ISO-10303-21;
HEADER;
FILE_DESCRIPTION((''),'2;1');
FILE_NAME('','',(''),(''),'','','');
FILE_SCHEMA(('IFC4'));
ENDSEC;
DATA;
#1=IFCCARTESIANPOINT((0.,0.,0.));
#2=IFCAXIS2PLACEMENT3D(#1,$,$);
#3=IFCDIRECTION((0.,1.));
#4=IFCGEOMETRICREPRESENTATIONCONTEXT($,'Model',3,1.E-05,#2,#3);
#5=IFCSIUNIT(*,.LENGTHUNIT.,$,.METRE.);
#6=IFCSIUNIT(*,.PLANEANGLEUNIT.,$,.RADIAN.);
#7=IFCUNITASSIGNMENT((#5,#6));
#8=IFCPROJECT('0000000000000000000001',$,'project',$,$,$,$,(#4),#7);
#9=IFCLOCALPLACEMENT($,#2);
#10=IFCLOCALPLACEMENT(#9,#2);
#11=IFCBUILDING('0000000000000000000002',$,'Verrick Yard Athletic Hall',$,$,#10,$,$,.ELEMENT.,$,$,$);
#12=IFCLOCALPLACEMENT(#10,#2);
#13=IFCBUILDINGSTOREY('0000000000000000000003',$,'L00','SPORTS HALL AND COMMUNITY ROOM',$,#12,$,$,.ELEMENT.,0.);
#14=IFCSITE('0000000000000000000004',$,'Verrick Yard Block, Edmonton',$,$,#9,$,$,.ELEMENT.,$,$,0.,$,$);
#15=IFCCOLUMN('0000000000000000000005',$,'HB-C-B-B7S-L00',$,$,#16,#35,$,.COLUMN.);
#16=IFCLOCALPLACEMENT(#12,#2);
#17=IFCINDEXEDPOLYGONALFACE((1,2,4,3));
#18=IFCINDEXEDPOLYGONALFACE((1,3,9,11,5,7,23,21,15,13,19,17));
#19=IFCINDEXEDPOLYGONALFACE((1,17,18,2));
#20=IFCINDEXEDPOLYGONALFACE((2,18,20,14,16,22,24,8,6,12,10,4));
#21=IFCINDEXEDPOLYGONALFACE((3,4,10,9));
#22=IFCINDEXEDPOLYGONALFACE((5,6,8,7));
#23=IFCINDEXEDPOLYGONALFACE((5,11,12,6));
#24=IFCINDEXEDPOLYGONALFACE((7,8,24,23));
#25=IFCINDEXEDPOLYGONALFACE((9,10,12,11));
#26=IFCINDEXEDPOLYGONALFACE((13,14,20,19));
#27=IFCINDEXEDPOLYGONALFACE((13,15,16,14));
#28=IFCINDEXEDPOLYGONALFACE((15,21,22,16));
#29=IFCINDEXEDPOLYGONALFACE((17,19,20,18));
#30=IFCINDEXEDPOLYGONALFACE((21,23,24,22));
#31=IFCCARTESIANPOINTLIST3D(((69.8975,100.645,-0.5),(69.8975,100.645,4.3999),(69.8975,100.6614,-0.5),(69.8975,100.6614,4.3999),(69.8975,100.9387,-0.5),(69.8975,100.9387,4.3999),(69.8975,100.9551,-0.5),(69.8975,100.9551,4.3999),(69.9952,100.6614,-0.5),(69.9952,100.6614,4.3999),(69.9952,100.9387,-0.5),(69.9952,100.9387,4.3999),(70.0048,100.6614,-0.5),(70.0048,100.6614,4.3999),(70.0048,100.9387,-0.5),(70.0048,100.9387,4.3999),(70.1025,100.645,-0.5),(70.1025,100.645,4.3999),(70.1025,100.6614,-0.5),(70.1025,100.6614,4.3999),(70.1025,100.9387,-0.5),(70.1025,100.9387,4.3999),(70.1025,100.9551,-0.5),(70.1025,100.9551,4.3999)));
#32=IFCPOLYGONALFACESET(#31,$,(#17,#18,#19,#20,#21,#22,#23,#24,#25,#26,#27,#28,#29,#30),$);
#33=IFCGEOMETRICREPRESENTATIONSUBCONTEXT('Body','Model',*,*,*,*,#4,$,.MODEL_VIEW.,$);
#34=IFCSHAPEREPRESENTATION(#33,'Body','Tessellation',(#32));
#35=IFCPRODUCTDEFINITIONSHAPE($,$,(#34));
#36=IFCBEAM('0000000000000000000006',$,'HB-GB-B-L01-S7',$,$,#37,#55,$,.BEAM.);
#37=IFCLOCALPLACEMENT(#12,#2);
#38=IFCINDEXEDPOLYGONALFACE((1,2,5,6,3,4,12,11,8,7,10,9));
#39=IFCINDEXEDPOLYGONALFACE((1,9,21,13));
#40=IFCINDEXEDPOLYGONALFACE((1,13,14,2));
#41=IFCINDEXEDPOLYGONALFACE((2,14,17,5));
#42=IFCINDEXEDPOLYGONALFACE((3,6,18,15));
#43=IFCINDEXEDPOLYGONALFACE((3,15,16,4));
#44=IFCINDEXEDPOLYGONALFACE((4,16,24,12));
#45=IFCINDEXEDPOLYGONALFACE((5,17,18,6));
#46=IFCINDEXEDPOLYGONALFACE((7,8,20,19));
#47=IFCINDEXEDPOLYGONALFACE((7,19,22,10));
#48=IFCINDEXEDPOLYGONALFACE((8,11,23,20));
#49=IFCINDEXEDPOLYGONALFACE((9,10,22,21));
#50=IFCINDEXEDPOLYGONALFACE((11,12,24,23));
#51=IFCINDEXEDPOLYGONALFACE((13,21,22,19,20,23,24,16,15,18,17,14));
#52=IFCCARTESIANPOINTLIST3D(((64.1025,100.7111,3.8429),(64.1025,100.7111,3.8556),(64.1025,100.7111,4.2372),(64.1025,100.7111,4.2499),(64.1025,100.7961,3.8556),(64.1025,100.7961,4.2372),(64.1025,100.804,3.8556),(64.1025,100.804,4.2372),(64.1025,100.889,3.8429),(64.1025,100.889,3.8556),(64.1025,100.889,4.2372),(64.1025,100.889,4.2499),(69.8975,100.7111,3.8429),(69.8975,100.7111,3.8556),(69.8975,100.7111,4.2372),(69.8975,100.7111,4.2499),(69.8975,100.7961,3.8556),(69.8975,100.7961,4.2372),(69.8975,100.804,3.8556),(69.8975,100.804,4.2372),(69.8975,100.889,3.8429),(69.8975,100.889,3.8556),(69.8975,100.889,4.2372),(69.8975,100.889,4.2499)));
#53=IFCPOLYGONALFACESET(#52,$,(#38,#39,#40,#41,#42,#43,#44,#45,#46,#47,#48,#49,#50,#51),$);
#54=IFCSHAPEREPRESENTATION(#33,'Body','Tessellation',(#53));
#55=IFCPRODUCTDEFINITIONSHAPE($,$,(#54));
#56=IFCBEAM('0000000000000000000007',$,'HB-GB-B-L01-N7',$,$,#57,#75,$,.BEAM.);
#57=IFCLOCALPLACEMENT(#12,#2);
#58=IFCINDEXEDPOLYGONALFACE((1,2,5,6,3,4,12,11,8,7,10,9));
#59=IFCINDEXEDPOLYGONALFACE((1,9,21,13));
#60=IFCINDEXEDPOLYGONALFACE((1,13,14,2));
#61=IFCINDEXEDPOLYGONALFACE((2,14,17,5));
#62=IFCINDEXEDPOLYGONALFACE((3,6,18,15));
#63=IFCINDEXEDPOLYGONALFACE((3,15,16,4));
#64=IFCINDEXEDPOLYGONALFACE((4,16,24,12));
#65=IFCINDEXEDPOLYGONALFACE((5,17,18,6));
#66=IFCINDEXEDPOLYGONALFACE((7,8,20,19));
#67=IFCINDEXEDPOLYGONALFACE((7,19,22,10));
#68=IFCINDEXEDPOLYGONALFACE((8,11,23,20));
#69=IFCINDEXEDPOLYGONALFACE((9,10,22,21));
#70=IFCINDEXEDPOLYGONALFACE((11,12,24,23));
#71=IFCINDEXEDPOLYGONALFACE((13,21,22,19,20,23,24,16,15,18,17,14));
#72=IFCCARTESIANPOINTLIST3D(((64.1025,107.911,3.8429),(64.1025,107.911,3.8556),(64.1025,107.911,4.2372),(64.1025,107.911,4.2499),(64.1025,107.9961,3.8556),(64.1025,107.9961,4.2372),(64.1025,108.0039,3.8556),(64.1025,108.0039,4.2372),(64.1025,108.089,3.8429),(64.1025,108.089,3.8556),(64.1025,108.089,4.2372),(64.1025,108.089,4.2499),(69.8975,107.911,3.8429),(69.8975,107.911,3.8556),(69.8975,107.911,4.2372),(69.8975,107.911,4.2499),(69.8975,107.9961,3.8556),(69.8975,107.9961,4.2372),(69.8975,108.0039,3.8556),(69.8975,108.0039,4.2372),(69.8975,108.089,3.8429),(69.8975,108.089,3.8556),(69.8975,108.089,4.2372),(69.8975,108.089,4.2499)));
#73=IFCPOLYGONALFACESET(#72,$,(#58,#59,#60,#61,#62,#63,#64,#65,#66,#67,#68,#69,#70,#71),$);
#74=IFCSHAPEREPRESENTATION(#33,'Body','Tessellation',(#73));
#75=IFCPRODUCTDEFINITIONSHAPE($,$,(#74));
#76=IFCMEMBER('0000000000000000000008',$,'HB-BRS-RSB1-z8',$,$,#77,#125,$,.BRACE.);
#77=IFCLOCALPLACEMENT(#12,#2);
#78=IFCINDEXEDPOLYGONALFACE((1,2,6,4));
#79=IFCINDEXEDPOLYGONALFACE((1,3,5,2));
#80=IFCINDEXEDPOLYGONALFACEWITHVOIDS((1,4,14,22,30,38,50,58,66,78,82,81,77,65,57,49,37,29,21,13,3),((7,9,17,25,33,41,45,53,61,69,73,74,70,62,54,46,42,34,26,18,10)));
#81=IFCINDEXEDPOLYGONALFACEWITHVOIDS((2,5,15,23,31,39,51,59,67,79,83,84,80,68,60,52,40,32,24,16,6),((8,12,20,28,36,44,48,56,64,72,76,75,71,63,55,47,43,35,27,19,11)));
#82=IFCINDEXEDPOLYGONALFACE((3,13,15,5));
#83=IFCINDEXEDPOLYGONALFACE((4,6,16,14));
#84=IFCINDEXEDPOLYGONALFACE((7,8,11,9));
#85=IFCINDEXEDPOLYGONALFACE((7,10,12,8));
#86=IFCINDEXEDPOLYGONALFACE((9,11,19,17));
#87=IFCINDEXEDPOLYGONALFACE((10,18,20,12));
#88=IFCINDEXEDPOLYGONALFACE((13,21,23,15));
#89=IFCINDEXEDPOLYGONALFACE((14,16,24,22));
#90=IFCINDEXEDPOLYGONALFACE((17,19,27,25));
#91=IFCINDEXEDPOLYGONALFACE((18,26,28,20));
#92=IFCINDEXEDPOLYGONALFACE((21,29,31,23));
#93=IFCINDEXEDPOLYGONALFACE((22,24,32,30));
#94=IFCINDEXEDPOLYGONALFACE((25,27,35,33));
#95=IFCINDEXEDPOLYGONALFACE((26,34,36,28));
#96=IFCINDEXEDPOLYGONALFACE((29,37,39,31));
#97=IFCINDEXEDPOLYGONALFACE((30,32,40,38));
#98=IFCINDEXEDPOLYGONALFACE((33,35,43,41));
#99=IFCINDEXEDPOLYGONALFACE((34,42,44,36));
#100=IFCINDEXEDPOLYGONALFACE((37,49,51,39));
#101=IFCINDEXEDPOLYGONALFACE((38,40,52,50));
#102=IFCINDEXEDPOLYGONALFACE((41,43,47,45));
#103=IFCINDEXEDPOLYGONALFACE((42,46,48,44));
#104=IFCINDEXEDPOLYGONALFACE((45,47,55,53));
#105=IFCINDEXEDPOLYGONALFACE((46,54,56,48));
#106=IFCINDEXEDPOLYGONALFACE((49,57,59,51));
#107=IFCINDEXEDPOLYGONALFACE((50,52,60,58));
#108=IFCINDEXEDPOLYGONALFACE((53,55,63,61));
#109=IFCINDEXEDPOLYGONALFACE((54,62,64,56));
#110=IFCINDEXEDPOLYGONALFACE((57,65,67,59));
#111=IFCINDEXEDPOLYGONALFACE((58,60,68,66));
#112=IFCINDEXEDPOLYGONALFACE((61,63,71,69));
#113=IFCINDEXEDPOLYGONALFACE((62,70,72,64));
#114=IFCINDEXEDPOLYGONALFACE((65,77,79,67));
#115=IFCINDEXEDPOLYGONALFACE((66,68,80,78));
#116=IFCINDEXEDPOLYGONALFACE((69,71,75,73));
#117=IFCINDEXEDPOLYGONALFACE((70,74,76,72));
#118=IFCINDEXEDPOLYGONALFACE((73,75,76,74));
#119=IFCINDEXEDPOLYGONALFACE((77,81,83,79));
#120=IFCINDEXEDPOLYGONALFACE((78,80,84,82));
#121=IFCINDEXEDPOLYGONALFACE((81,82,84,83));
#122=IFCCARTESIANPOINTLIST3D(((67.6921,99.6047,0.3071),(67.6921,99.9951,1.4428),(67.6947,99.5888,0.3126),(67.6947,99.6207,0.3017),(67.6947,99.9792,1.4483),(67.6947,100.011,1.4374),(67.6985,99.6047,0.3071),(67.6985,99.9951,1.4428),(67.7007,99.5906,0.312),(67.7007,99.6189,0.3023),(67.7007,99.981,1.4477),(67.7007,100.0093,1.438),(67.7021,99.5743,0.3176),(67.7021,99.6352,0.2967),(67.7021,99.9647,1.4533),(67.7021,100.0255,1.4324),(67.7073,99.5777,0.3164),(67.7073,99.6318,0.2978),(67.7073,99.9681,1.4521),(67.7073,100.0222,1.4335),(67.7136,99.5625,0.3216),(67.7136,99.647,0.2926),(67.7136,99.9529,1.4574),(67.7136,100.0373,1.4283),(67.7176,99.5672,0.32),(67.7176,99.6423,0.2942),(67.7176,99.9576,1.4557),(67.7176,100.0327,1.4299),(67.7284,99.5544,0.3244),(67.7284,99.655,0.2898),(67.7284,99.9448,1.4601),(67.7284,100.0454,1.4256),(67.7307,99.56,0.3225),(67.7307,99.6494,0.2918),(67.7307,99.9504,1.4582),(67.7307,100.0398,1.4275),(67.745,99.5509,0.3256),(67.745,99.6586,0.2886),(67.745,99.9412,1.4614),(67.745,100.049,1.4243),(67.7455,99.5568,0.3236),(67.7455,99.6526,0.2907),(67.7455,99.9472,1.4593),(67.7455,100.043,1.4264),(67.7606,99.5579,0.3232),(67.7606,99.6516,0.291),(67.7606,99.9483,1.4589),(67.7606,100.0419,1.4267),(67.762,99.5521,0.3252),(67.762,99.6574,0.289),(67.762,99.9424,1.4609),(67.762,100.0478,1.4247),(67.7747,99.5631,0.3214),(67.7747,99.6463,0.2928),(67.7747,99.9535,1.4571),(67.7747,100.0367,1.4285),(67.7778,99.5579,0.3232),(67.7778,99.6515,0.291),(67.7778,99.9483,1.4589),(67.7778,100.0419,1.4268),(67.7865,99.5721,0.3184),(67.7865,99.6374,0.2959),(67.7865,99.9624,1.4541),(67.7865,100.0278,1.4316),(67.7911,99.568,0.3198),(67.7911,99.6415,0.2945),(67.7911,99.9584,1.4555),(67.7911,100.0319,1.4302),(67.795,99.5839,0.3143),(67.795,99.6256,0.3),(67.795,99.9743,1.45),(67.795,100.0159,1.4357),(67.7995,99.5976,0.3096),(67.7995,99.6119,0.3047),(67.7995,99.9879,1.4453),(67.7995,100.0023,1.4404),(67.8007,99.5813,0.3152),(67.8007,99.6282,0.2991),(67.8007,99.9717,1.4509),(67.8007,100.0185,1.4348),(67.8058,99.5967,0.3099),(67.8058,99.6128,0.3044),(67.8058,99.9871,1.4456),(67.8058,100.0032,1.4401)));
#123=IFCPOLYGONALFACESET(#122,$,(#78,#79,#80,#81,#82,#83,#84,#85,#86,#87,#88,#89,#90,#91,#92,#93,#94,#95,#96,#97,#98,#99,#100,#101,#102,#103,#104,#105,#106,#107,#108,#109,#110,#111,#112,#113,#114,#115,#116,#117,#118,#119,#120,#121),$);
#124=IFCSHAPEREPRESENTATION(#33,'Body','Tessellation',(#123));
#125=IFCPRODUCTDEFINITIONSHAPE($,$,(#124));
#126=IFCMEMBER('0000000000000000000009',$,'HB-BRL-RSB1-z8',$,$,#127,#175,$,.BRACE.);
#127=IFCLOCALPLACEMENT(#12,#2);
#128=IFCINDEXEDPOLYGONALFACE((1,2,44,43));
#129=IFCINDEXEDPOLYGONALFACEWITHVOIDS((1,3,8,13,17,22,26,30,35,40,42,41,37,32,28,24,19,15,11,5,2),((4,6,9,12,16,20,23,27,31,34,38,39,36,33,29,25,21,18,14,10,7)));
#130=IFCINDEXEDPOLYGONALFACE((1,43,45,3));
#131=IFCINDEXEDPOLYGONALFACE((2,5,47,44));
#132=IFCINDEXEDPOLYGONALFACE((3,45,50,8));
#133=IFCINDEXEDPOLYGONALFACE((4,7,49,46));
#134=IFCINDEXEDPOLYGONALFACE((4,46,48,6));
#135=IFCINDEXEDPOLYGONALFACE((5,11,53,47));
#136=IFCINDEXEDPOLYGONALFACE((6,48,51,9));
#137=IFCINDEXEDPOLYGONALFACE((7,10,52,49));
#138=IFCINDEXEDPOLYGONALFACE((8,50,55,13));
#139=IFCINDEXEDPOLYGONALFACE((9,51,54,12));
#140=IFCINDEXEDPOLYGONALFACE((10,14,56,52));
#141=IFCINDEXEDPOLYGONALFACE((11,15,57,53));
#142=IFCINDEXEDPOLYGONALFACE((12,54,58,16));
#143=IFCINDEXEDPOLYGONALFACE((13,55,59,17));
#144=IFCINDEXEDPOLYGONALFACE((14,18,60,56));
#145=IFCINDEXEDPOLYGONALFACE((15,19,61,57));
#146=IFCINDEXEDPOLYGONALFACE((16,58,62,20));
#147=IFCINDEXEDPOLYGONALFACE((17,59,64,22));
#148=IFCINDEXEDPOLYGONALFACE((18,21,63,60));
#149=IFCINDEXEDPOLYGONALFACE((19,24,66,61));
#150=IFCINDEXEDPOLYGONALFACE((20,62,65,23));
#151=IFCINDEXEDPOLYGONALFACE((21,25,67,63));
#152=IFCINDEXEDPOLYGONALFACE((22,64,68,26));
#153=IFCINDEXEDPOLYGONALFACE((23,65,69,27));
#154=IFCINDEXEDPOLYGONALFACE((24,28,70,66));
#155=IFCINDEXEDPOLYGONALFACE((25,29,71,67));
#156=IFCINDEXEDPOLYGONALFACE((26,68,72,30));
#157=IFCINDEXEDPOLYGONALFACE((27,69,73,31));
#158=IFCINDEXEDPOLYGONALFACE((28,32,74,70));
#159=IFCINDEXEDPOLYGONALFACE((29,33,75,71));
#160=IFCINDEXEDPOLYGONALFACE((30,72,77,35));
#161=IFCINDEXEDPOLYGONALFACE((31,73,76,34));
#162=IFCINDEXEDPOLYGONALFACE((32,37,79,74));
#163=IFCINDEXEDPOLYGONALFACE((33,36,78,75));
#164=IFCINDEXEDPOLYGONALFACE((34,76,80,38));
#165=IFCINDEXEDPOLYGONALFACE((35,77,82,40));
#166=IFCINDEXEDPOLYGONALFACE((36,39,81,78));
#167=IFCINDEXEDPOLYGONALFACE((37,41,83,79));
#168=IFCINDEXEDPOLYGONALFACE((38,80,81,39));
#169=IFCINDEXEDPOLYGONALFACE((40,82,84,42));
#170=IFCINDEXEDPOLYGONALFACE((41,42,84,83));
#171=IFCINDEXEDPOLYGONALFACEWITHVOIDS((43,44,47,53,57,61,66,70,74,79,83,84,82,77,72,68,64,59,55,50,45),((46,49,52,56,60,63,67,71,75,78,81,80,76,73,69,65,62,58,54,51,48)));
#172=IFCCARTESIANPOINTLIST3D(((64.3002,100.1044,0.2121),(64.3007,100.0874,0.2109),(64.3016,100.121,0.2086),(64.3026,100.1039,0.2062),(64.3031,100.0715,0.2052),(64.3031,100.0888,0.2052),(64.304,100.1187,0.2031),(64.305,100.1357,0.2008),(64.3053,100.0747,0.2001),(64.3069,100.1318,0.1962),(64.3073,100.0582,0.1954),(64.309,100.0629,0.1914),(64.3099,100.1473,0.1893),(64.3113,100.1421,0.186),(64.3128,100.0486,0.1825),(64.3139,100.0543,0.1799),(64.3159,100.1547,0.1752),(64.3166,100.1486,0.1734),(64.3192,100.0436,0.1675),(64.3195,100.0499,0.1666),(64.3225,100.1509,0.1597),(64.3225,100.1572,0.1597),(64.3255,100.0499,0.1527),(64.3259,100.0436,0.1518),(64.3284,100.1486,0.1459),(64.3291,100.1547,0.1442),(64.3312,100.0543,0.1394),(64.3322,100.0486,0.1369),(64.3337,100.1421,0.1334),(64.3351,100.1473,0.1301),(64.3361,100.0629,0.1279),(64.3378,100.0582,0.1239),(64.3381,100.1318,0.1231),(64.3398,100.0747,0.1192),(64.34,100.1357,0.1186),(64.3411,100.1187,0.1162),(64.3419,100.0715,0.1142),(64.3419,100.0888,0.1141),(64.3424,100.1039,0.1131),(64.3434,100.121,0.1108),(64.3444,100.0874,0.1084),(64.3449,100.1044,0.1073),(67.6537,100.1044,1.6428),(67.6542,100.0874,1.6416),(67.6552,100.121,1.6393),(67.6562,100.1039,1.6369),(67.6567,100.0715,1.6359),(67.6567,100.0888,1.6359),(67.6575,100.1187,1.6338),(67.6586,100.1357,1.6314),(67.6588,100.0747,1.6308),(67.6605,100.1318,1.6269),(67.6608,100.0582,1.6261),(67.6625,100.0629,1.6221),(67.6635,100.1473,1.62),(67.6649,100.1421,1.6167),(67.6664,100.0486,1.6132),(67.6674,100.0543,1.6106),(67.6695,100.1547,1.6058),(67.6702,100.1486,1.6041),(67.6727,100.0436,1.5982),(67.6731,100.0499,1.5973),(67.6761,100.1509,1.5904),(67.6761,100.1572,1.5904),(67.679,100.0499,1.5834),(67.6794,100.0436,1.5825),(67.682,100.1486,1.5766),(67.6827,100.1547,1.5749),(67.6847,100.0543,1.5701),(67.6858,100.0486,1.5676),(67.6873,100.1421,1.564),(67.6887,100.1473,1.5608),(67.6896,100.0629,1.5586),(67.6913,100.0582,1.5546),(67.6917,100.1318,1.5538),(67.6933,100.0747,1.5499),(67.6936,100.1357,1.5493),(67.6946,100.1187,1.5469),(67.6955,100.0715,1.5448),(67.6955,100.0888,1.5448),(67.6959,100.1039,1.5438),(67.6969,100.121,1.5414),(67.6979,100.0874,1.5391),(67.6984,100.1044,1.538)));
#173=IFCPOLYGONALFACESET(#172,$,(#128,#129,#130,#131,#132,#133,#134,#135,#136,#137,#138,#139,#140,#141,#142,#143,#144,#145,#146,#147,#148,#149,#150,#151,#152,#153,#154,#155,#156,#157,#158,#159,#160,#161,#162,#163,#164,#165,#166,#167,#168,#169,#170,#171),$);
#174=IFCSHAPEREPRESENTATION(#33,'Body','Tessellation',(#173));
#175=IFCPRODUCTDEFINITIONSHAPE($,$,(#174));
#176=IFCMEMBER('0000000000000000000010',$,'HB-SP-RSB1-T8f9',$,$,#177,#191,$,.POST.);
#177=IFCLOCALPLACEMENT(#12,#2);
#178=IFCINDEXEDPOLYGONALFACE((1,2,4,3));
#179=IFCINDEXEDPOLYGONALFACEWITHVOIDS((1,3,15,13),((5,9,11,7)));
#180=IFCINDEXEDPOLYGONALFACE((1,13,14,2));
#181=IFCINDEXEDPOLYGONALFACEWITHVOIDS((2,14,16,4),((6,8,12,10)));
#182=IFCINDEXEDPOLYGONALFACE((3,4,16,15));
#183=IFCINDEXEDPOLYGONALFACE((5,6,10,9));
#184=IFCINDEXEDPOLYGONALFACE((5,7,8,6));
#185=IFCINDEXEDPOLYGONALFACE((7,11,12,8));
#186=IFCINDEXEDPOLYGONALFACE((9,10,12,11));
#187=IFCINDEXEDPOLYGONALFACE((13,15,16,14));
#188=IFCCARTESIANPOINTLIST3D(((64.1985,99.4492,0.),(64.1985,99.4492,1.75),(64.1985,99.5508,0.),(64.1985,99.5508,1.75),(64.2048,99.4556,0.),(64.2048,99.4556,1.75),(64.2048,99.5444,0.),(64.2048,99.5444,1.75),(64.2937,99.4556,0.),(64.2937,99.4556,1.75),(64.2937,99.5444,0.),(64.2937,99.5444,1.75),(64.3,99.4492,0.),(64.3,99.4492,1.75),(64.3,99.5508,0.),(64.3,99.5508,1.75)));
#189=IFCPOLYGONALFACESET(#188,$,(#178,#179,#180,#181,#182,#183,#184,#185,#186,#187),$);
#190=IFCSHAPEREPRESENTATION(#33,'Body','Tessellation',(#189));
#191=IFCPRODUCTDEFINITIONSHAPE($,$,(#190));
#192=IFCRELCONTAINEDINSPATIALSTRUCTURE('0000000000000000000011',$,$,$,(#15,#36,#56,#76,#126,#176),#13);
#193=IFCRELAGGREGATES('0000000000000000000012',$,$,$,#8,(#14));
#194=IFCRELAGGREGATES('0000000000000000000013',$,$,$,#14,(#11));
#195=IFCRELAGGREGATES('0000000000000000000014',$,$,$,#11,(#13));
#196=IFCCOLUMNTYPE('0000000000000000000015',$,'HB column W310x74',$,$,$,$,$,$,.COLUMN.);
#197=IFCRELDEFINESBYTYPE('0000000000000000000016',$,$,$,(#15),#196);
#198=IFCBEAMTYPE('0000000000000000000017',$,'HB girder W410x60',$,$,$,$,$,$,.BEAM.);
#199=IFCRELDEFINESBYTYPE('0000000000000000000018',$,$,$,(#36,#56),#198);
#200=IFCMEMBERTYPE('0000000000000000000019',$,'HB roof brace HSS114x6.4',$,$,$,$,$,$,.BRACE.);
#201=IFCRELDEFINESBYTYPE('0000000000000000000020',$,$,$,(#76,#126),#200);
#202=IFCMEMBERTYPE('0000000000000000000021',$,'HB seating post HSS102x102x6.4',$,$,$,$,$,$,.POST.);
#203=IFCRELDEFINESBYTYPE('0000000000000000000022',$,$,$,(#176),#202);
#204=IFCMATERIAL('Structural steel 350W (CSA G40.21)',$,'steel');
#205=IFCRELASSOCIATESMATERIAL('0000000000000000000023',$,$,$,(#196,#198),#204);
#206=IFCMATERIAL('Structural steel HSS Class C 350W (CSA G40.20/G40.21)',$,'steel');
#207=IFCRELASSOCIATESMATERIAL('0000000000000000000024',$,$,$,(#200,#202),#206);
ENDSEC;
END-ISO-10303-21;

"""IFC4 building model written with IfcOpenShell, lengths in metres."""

from ifc_helpers import new_model, si_unit, direction, frame, origin, origin_2d, place, context, subcontext, project, spatial, hollow_rectangle, hollow_circle, i_section, extrude, material, material_profile, profile_set, type_object, element, save


model = new_model("IFC4")

# Units and contexts
model_context = context("Model", 3, precision=1e-05, world=origin(), true_north=direction((0.0, 1.0)))
body_context = subcontext(model_context, "Body", "Model", "MODEL_VIEW")
ifc_project = project(units=[si_unit("LENGTHUNIT", "METRE"), si_unit("PLANEANGLEUNIT", "RADIAN")], contexts=[model_context])

# Site, building, storey
site_placement = place(None, origin())
site = spatial("IfcSite", under=ifc_project, at=site_placement, Name="Verrick Yard Block, Edmonton", CompositionType="ELEMENT", RefElevation=0.0)
building_placement = place(site_placement, origin())
building = spatial("IfcBuilding", under=site, at=building_placement, Name="Verrick Yard Athletic Hall", CompositionType="ELEMENT")
storey_placement = place(building_placement, origin())
storey = spatial("IfcBuildingStorey", under=building, at=storey_placement, Name="L00", Description="SPORTS HALL AND COMMUNITY ROOM", CompositionType="ELEMENT", Elevation=0.0)

# Column
ifc_material_1 = material(Name="Structural steel 350W (CSA G40.21)", Category="steel")
ifc_material_profile_1 = material_profile(ifc_material_1, i_section(OverallWidth=0.2051, OverallDepth=0.3101, WebThickness=0.0095, FlangeThickness=0.0164, at=origin_2d()), Name="W310x74")
ifc_profile_set_1 = profile_set([ifc_material_profile_1], Name="Structural steel 350W (CSA G40.21)")
column_type = type_object("IfcColumnType", Name="HB column W310x74", PredefinedType="COLUMN", material=ifc_profile_set_1)
column_placement = place(storey_placement, frame((70.0, 100.8, -0.5), z_axis=(0.0, 0.0, 1.0), x_axis=(1.0, 0.0, 0.0)))
element("IfcColumn", 1, at=column_placement, inside=storey, type_object=column_type, Name="HB-C-B-B7S-L00", PredefinedType="COLUMN", context=body_context, shape_type="SweptSolid", body=[
    extrude(i_section(OverallWidth=0.2051, OverallDepth=0.3101, WebThickness=0.0095, FlangeThickness=0.0164, at=origin_2d()), origin(), (0.0, 0.0, 1.0), 4.8999),
])

# Beams
ifc_material_profile_2 = material_profile(ifc_material_1, i_section(OverallWidth=0.178, OverallDepth=0.407, WebThickness=0.0078, FlangeThickness=0.0127, at=origin_2d()), Name="W410x60")
ifc_profile_set_2 = profile_set([ifc_material_profile_2], Name="Structural steel 350W (CSA G40.21)")
beam_type_1 = type_object("IfcBeamType", Name="HB girder W410x60", PredefinedType="BEAM", material=ifc_profile_set_2)
for number, where, z_axis, x_axis, name in (
    (2, (64.1025, 100.8, 4.0464), (1.0, 0.0, 0.0), (0.0, 1.0, 0.0), "HB-GB-B-L01-S7"),
    (3, (64.1025, 108.0, 4.0464), (1.0, 0.0, 0.0), (0.0, 1.0, 0.0), "HB-GB-B-L01-N7"),
):
    element("IfcBeam", number, at=place(storey_placement, frame(where, z_axis=z_axis, x_axis=x_axis)), inside=storey, type_object=beam_type_1, Name=name, PredefinedType="BEAM", context=body_context, shape_type="SweptSolid", body=[
        extrude(i_section(OverallWidth=0.178, OverallDepth=0.407, WebThickness=0.0078, FlangeThickness=0.0127, at=origin_2d()), origin(), (0.0, 0.0, 1.0), 5.7949),
    ])

# Members
ifc_material_2 = material(Name="Structural steel HSS Class C 350W (CSA G40.20/G40.21)", Category="steel")
ifc_material_profile_3 = material_profile(ifc_material_2, hollow_circle(Radius=0.0571, WallThickness=0.0063, at=origin_2d()), Name="HSS114x6.4")
ifc_profile_set_3 = profile_set([ifc_material_profile_3], Name="Structural steel HSS Class C 350W (CSA G40.20/G40.21)")
member_type_1 = type_object("IfcMemberType", Name="HB roof brace HSS114x6.4", PredefinedType="BRACE", material=ifc_profile_set_3)
member_1_placement = place(storey_placement, frame((67.7493, 99.6047, 0.3071), z_axis=(0.0, 0.325057, 0.945694), x_axis=(-1.0, 0.0, 0.0)))
element("IfcMember", 4, at=member_1_placement, inside=storey, type_object=member_type_1, Name="HB-BRS-RSB1-z8", PredefinedType="BRACE", context=body_context, shape_type="SweptSolid", body=[
    extrude(hollow_circle(Radius=0.0571, WallThickness=0.0063, at=origin_2d()), origin(), (0.0, 0.0, 1.0), 1.2009),
])
member_2_placement = place(storey_placement, frame((64.3225, 100.1001, 0.1597), z_axis=(0.919795, 0.0, 0.392399), x_axis=(0.0, 1.0, 0.0)))
element("IfcMember", 5, at=member_2_placement, inside=storey, type_object=member_type_1, Name="HB-BRL-RSB1-z8", PredefinedType="BRACE", context=body_context, shape_type="SweptSolid", body=[
    extrude(hollow_circle(Radius=0.0571, WallThickness=0.0063, at=origin_2d()), origin(), (0.0, 0.0, 1.0), 3.646),
])
ifc_material_profile_4 = material_profile(ifc_material_2, hollow_rectangle(XDim=0.1016, YDim=0.1016, WallThickness=0.0063, at=origin_2d()), Name="HSS102x102x6.4")
ifc_profile_set_4 = profile_set([ifc_material_profile_4], Name="Structural steel HSS Class C 350W (CSA G40.20/G40.21)")
member_type_2 = type_object("IfcMemberType", Name="HB seating post HSS102x102x6.4", PredefinedType="POST", material=ifc_profile_set_4)
for number, where, z_axis, x_axis, name in (
    (6, (64.2493, 99.5, 0.0), (0.0, 0.0, 1.0), (0.0, 1.0, 0.0), "HB-SP-RSB1-T8f9"),
):
    element("IfcMember", number, at=place(storey_placement, frame(where, z_axis=z_axis, x_axis=x_axis)), inside=storey, type_object=member_type_2, Name=name, PredefinedType="POST", context=body_context, shape_type="SweptSolid", body=[
        extrude(hollow_rectangle(XDim=0.1016, YDim=0.1016, WallThickness=0.0063, at=origin_2d()), origin(), (0.0, 0.0, 1.0), 1.75),
    ])

save(model, "model.ifc")
